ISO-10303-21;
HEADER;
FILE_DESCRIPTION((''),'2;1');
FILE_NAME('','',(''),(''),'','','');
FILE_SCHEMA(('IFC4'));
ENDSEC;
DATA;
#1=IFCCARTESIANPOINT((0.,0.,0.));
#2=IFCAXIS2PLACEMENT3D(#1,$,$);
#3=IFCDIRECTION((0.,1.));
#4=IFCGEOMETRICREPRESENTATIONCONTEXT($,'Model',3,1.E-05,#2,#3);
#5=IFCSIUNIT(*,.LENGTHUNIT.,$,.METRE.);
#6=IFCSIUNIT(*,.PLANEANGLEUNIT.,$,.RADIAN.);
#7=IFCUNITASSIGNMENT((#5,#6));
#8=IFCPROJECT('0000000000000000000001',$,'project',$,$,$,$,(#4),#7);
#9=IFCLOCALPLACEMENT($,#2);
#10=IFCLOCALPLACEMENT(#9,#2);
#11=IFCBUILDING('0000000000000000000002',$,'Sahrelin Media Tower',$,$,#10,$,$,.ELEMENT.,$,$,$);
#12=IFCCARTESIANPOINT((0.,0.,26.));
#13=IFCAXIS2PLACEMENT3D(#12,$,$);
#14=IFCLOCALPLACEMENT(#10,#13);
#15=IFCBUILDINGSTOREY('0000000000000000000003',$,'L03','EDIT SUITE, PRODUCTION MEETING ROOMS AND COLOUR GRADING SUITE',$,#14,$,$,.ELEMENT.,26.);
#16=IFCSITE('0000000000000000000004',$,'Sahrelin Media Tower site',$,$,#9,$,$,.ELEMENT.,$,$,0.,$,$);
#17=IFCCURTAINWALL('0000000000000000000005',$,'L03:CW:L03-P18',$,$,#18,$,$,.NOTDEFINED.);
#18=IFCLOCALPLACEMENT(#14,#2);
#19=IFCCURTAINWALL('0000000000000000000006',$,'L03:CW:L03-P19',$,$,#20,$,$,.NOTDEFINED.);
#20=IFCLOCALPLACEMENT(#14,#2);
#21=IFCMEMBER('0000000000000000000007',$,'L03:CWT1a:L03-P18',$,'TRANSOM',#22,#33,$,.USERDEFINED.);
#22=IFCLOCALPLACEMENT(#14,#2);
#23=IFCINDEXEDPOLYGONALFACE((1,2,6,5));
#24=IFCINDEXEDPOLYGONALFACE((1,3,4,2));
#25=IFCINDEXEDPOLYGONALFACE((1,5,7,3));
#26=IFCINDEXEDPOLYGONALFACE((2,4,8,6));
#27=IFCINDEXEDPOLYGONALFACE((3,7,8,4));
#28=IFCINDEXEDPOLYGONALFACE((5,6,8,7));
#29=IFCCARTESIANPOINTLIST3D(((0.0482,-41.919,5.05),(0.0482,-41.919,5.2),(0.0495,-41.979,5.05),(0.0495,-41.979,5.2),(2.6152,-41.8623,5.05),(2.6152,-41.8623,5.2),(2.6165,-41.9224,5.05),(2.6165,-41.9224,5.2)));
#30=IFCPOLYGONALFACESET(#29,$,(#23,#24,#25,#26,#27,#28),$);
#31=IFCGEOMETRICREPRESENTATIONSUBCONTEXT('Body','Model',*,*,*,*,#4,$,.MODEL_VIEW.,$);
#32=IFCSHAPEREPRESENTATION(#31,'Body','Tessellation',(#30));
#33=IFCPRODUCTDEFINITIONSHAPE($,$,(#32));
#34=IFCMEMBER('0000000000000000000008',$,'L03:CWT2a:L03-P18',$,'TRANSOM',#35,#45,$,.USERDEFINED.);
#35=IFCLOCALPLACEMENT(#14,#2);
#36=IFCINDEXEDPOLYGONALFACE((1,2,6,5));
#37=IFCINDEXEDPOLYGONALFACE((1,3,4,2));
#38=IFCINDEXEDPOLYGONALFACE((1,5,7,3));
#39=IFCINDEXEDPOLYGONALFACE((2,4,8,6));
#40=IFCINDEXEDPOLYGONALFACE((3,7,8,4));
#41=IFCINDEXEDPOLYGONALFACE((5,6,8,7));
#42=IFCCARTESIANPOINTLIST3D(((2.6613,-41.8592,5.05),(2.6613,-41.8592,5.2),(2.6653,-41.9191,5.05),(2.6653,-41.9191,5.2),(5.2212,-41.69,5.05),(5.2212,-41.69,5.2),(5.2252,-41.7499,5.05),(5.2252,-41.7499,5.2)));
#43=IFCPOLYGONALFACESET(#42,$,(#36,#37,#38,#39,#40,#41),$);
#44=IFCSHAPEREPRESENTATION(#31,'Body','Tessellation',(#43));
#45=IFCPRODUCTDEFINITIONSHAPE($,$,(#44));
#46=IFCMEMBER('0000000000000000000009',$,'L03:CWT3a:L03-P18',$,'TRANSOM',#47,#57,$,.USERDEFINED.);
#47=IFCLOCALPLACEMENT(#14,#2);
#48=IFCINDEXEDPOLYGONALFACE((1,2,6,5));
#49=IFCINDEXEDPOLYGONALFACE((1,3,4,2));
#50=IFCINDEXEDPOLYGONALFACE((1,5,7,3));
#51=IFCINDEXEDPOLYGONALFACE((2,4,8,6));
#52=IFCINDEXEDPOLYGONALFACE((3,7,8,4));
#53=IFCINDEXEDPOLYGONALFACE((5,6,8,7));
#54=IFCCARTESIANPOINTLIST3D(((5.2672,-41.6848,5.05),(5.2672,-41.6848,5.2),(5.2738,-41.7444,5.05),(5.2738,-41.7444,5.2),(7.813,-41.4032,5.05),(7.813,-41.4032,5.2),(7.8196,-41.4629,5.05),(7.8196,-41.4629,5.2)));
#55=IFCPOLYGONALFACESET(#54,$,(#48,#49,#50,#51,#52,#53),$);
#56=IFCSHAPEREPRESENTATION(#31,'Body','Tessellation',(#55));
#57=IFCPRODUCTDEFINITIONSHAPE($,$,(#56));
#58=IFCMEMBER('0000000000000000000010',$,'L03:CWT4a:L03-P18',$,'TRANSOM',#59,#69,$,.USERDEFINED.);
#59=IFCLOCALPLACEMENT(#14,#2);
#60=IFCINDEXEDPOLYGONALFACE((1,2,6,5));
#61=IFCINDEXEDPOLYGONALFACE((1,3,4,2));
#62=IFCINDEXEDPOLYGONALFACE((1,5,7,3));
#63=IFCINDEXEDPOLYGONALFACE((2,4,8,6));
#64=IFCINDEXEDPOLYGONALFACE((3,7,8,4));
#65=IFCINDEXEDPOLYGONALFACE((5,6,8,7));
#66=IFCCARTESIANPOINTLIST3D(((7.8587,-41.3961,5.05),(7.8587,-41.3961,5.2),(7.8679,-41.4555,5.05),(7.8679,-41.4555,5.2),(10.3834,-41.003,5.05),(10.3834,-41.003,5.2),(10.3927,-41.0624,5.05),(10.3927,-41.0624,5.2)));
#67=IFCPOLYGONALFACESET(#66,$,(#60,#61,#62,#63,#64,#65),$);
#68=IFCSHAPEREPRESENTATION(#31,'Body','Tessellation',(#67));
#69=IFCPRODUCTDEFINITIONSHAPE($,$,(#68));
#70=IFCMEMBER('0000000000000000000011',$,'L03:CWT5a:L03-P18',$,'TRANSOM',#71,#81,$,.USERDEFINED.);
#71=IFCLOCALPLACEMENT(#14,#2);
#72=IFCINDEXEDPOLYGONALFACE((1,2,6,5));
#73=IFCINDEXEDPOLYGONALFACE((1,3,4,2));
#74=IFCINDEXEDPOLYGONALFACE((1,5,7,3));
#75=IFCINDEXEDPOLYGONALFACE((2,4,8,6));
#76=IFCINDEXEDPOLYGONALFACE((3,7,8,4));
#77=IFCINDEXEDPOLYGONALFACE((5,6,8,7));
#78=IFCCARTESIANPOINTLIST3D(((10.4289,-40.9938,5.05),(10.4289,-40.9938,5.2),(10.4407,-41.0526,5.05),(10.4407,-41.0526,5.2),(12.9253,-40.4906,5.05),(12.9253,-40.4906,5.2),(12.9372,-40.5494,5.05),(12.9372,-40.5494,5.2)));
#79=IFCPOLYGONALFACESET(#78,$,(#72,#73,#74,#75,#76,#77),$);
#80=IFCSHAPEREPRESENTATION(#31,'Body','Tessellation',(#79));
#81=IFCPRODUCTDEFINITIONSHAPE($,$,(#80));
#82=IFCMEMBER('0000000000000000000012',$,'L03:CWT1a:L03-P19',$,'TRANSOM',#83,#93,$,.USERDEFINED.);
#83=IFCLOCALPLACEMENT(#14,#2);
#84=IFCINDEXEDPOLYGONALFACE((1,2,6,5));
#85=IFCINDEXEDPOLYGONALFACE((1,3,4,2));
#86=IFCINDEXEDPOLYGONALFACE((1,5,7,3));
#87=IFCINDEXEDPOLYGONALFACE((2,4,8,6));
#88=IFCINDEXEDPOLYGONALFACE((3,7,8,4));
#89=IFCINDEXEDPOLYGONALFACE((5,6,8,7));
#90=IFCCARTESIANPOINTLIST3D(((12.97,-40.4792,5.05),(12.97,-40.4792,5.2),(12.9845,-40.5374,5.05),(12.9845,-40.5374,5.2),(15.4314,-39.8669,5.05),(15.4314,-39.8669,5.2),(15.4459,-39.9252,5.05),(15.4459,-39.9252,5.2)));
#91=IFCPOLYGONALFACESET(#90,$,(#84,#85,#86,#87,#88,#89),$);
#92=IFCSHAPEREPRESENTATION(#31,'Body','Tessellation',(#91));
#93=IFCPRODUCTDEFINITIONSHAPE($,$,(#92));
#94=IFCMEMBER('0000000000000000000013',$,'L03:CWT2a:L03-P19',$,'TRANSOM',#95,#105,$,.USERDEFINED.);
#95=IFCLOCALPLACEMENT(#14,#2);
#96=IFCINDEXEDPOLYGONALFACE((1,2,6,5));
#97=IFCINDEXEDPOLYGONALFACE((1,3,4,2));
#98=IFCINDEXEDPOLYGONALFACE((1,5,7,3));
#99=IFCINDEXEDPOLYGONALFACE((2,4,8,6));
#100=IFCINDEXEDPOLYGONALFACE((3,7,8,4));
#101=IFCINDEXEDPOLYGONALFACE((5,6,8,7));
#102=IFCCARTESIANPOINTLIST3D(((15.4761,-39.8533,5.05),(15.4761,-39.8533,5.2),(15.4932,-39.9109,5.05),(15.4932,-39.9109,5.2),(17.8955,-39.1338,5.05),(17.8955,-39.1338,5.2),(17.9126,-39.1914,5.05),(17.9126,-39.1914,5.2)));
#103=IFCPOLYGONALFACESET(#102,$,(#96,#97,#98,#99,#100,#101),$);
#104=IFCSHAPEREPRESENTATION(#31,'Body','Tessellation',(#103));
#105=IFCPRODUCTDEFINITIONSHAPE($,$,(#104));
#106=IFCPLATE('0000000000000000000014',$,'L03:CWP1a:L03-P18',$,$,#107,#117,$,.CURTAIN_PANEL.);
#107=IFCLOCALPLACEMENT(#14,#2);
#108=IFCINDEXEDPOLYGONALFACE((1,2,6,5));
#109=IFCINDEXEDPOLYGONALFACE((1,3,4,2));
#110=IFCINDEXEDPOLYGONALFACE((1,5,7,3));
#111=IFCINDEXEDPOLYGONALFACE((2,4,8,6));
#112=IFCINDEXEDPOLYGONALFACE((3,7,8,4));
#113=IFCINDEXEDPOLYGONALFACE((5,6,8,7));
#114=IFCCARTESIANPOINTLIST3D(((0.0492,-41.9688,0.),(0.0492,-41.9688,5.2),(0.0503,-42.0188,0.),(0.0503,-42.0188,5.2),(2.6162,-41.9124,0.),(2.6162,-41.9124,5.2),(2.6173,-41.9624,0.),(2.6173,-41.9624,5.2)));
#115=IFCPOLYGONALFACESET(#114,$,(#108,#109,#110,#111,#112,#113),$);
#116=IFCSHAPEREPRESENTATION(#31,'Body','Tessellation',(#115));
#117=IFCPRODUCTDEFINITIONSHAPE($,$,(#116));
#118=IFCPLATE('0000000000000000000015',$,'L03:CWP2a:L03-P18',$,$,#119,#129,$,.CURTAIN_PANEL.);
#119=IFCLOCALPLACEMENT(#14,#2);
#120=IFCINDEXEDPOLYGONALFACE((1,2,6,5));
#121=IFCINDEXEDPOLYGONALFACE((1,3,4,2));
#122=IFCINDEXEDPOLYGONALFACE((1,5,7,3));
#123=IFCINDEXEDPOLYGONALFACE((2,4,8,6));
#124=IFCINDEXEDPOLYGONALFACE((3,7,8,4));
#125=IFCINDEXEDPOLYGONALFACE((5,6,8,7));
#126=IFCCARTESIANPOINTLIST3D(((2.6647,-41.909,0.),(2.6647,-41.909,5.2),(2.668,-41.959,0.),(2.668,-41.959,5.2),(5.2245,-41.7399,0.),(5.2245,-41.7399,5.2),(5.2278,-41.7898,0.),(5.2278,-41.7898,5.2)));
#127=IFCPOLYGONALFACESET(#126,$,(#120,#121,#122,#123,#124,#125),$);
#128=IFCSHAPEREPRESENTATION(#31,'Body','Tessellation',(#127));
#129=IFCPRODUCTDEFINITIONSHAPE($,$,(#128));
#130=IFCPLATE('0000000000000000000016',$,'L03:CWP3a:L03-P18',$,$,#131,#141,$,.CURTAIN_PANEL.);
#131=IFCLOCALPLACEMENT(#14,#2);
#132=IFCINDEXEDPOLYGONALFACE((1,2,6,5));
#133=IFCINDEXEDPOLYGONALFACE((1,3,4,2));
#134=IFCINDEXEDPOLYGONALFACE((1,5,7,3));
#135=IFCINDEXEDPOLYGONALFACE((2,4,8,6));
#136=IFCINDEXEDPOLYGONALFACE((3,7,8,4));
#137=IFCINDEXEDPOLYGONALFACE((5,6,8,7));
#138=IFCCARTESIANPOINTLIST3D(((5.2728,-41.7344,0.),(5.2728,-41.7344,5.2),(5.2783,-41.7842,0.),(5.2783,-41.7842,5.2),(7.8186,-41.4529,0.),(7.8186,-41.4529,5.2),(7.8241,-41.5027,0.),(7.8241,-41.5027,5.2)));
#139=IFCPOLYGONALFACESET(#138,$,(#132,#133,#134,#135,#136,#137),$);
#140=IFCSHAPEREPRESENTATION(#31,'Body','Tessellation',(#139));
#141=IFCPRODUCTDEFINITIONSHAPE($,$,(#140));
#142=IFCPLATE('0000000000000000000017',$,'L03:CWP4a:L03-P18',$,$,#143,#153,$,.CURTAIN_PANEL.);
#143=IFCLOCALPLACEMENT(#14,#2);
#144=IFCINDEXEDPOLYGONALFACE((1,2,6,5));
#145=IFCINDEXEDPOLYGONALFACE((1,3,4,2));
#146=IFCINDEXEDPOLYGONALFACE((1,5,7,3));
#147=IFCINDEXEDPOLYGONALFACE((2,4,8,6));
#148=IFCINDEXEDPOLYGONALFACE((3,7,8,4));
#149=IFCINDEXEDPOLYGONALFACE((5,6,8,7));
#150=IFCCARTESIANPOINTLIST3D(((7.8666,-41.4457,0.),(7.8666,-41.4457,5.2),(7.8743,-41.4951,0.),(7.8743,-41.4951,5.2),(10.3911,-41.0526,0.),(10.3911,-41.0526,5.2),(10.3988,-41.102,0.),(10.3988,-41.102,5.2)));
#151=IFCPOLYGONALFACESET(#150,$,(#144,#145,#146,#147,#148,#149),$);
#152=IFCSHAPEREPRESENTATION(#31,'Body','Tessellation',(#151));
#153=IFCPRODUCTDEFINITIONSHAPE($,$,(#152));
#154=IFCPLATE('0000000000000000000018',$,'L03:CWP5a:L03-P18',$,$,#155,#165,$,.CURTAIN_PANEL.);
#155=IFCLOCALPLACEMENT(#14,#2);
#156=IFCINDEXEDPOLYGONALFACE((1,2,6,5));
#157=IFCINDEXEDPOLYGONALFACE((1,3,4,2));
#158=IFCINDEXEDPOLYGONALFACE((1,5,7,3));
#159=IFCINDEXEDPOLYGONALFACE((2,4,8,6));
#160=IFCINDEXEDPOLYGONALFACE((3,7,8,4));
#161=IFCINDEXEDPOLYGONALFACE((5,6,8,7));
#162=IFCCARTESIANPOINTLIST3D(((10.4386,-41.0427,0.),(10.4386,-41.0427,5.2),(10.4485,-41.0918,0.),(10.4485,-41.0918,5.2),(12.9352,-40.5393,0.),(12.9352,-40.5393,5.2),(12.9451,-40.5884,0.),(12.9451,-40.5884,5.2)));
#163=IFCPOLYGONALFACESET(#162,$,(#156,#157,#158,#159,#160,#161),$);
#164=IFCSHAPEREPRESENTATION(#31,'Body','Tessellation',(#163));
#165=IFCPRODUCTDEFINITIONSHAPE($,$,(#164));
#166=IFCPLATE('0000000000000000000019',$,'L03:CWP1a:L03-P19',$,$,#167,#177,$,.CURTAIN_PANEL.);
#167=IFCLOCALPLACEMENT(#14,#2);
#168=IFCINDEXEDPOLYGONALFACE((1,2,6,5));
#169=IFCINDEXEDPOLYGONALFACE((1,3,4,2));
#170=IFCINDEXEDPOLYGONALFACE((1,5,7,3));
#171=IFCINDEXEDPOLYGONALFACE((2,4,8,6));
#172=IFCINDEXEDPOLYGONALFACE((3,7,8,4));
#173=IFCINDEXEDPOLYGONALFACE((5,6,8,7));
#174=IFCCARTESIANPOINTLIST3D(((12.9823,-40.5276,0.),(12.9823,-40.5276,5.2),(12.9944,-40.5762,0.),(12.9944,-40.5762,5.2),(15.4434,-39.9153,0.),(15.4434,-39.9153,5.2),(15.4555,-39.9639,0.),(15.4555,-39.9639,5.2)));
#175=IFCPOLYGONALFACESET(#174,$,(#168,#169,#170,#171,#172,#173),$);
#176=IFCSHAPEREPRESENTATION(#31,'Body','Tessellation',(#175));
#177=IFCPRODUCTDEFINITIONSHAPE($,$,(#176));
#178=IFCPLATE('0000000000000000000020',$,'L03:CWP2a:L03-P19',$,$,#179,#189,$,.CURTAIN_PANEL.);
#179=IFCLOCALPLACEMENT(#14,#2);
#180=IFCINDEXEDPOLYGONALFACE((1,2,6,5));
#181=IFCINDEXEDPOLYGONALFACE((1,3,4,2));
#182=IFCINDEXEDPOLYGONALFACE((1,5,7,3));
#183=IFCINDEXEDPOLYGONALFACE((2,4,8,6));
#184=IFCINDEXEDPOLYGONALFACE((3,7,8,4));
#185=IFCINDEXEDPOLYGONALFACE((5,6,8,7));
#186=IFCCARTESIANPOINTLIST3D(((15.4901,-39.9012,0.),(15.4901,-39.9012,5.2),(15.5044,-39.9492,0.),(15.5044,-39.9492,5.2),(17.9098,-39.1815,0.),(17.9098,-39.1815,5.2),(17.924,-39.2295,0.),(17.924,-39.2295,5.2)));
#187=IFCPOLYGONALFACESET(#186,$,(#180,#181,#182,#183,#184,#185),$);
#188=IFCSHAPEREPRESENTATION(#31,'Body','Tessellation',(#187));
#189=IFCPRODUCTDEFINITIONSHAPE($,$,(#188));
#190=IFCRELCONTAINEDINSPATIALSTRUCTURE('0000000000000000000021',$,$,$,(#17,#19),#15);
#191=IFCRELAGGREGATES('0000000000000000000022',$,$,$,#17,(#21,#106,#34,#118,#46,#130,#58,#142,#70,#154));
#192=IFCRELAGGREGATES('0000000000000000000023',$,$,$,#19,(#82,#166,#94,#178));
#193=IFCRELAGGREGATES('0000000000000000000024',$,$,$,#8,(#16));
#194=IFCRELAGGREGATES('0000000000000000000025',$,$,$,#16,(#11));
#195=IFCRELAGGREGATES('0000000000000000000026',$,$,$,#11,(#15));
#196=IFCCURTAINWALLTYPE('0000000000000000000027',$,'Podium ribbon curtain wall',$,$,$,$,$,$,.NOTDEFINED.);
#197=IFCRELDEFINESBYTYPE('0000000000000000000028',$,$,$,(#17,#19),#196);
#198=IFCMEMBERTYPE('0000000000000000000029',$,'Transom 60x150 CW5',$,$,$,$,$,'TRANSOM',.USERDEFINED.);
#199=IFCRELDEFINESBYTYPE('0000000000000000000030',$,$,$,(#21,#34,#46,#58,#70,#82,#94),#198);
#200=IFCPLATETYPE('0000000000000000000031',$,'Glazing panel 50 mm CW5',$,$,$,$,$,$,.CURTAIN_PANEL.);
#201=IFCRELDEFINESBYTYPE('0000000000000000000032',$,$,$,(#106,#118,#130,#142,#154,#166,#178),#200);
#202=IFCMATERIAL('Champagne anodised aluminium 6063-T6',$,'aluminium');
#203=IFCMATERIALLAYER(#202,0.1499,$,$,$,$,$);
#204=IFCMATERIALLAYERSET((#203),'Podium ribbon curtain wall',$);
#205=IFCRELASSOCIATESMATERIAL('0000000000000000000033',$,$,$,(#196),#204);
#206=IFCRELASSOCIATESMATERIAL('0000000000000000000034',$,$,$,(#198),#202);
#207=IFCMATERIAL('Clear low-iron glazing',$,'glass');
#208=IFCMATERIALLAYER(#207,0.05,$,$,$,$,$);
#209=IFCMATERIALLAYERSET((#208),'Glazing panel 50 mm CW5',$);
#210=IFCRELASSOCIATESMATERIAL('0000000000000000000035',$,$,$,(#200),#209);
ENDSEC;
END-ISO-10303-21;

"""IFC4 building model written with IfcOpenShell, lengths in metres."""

from ifc_helpers import new_model, si_unit, direction, frame, origin, origin_2d, place, context, subcontext, project, spatial, polyline, rectangle, outline, extrude, material, layer, layer_set, material_profile, profile_set, type_object, element, aggregate, save


model = new_model("IFC4")

# Units and contexts
model_context = context("Model", 3, precision=1e-05, world=origin(), true_north=direction((0.0, 1.0)))
body_context = subcontext(model_context, "Body", "Model", "MODEL_VIEW")
ifc_project = project(units=[si_unit("LENGTHUNIT", "METRE"), si_unit("PLANEANGLEUNIT", "RADIAN")], contexts=[model_context])

# Site, building, storey
site_placement = place(None, origin())
site = spatial("IfcSite", under=ifc_project, at=site_placement, Name="Sahrelin Media Tower site", CompositionType="ELEMENT", RefElevation=0.0)
building_placement = place(site_placement, origin())
building = spatial("IfcBuilding", under=site, at=building_placement, Name="Sahrelin Media Tower", CompositionType="ELEMENT")
storey_placement = place(building_placement, frame((0.0, 0.0, 26.0)))
storey = spatial("IfcBuildingStorey", under=building, at=storey_placement, Name="L03", Description="EDIT SUITE, PRODUCTION MEETING ROOMS AND COLOUR GRADING SUITE", CompositionType="ELEMENT", Elevation=26.0)

# Curtain walls
ifc_material_1 = material(Name="Champagne anodised aluminium 6063-T6", Category="aluminium")
ifc_layer_1 = layer(ifc_material_1, 0.1499)
ifc_layer_set_1 = layer_set([ifc_layer_1], Name="Podium ribbon curtain wall")
curtain_wall_type = type_object("IfcCurtainWallType", Name="Podium ribbon curtain wall", PredefinedType="NOTDEFINED", material=ifc_layer_set_1)
curtain_wall_1_placement = place(storey_placement, frame((0.0, -42.0, 0.0), z_axis=(0.0, 0.0, 1.0), x_axis=(1.0, 0.0, 0.0)))
curtain_wall_1 = element("IfcCurtainWall", 1, at=curtain_wall_1_placement, inside=storey, type_object=curtain_wall_type, Name="L03:CW:L03-P18", PredefinedType="NOTDEFINED")
curtain_wall_2_placement = place(storey_placement, frame((12.9409, -40.5688, 0.0), z_axis=(0.0, 0.0, 1.0), x_axis=(1.0, 0.0, 0.0)))
curtain_wall_2 = element("IfcCurtainWall", 2, at=curtain_wall_2_placement, inside=storey, type_object=curtain_wall_type, Name="L03:CW:L03-P19", PredefinedType="NOTDEFINED")

# Members
ifc_material_profile_1 = material_profile(ifc_material_1, rectangle(XDim=0.0601, YDim=0.1499, at=origin_2d()), Name="Transom 60x150")
ifc_profile_set_1 = profile_set([ifc_material_profile_1], Name="Champagne anodised aluminium 6063-T6")
member_type_1 = type_object("IfcMemberType", Name="Transom 60x150 CW5", ElementType="TRANSOM", PredefinedType="USERDEFINED", material=ifc_profile_set_1)
member_1_placement = place(storey_placement, frame((0.0488, -41.949, 5.125), z_axis=(0.999757, 0.02206, 0.0), x_axis=(-0.02206, 0.999757, 0.0)))
member_1 = element("IfcMember", 3, at=member_1_placement, type_object=member_type_1, Name="L03:CWT1a:L03-P18", ObjectType="TRANSOM", PredefinedType="USERDEFINED", context=body_context, shape_type="SweptSolid", body=[
    extrude(rectangle(XDim=0.0601, YDim=0.1499, at=origin_2d()), origin(), (0.0, 0.0, 1.0), 2.5676),
])
member_2_placement = place(storey_placement, frame((2.6633, -41.8892, 5.125), z_axis=(0.997823, 0.065951, 0.0), x_axis=(-0.065951, 0.997823, 0.0)))
member_2 = element("IfcMember", 4, at=member_2_placement, type_object=member_type_1, Name="L03:CWT2a:L03-P18", ObjectType="TRANSOM", PredefinedType="USERDEFINED", context=body_context, shape_type="SweptSolid", body=[
    extrude(rectangle(XDim=0.0601, YDim=0.1499, at=origin_2d()), origin(), (0.0, 0.0, 1.0), 2.5654),
])
member_3_placement = place(storey_placement, frame((5.2705, -41.7146, 5.125), z_axis=(0.993942, 0.109908, 0.0), x_axis=(-0.109908, 0.993942, 0.0)))
member_3 = element("IfcMember", 5, at=member_3_placement, type_object=member_type_1, Name="L03:CWT3a:L03-P18", ObjectType="TRANSOM", PredefinedType="USERDEFINED", context=body_context, shape_type="SweptSolid", body=[
    extrude(rectangle(XDim=0.0601, YDim=0.1499, at=origin_2d()), origin(), (0.0, 0.0, 1.0), 2.5613),
])
member_4_placement = place(storey_placement, frame((7.8633, -41.4258, 5.125), z_axis=(0.988096, 0.153838, 0.0), x_axis=(-0.153838, 0.988096, 0.0)))
member_4 = element("IfcMember", 6, at=member_4_placement, type_object=member_type_1, Name="L03:CWT4a:L03-P18", ObjectType="TRANSOM", PredefinedType="USERDEFINED", context=body_context, shape_type="SweptSolid", body=[
    extrude(rectangle(XDim=0.0601, YDim=0.1499, at=origin_2d()), origin(), (0.0, 0.0, 1.0), 2.5552),
])
member_5_placement = place(storey_placement, frame((10.4348, -41.0232, 5.125), z_axis=(0.980285, 0.197591, 0.0), x_axis=(-0.197591, 0.980285, 0.0)))
member_5 = element("IfcMember", 7, at=member_5_placement, type_object=member_type_1, Name="L03:CWT5a:L03-P18", ObjectType="TRANSOM", PredefinedType="USERDEFINED", context=body_context, shape_type="SweptSolid", body=[
    extrude(rectangle(XDim=0.0601, YDim=0.1499, at=origin_2d()), origin(), (0.0, 0.0, 1.0), 2.5466),
])
member_6_placement = place(storey_placement, frame((12.9773, -40.5083, 5.125), z_axis=(0.970425, 0.241403, 0.0), x_axis=(-0.241403, 0.970425, 0.0)))
member_6 = element("IfcMember", 8, at=member_6_placement, type_object=member_type_1, Name="L03:CWT1a:L03-P19", ObjectType="TRANSOM", PredefinedType="USERDEFINED", context=body_context, shape_type="SweptSolid", body=[
    extrude(rectangle(XDim=0.0601, YDim=0.1499, at=origin_2d()), origin(), (0.0, 0.0, 1.0), 2.5364),
])
member_7_placement = place(storey_placement, frame((15.4846, -39.8821, 5.125), z_axis=(0.958516, 0.28504, 0.0), x_axis=(-0.28504, 0.958516, 0.0)))
member_7 = element("IfcMember", 9, at=member_7_placement, type_object=member_type_1, Name="L03:CWT2a:L03-P19", ObjectType="TRANSOM", PredefinedType="USERDEFINED", context=body_context, shape_type="SweptSolid", body=[
    extrude(rectangle(XDim=0.0601, YDim=0.1499, at=origin_2d()), origin(), (0.0, 0.0, 1.0), 2.5242),
])

# Plates
ifc_material_2 = material(Name="Clear low-iron glazing", Category="glass")
ifc_layer_2 = layer(ifc_material_2, 0.05)
ifc_layer_set_2 = layer_set([ifc_layer_2], Name="Glazing panel 50 mm CW5")
plate_type = type_object("IfcPlateType", Name="Glazing panel 50 mm CW5", PredefinedType="CURTAIN_PANEL", material=ifc_layer_set_2)
plate_1_placement = place(storey_placement, frame((0.0503, -42.0188, 0.0), z_axis=(0.021965, -0.999759, 0.0), x_axis=(0.999759, 0.021965, 0.0)))
plate_1 = element("IfcPlate", 10, at=plate_1_placement, type_object=plate_type, Name="L03:CWP1a:L03-P18", PredefinedType="CURTAIN_PANEL", context=body_context, shape_type="SweptSolid", body=[
    extrude(outline(polyline([(0.0, 0.0), (2.5676, 0.0), (2.5676, 5.2), (0.0, 5.2), (0.0, 0.0)])), origin(), (0.0, 0.0, -1.0), 0.05),
])
plate_2_placement = place(storey_placement, frame((2.668, -41.959, 0.0), z_axis=(0.065951, -0.997823, 0.0), x_axis=(0.997823, 0.065951, 0.0)))
plate_2 = element("IfcPlate", 11, at=plate_2_placement, type_object=plate_type, Name="L03:CWP2a:L03-P18", PredefinedType="CURTAIN_PANEL", context=body_context, shape_type="SweptSolid", body=[
    extrude(outline(polyline([(0.0, 0.0), (2.5654, 0.0), (2.5654, 5.2), (0.0, 5.2), (0.0, 0.0)])), origin(), (0.0, 0.0, -1.0), 0.05),
])
plate_3_placement = place(storey_placement, frame((5.2783, -41.7842, 0.0), z_axis=(0.109908, -0.993942, 0.0), x_axis=(0.993942, 0.109908, 0.0)))
plate_3 = element("IfcPlate", 12, at=plate_3_placement, type_object=plate_type, Name="L03:CWP3a:L03-P18", PredefinedType="CURTAIN_PANEL", context=body_context, shape_type="SweptSolid", body=[
    extrude(outline(polyline([(0.0, 0.0), (2.5613, 0.0), (2.5613, 5.2), (0.0, 5.2), (0.0, 0.0)])), origin(), (0.0, 0.0, -1.0), 0.05),
])
plate_4_placement = place(storey_placement, frame((7.8743, -41.4951, 0.0), z_axis=(0.153852, -0.988094, 0.0), x_axis=(0.988094, 0.153852, 0.0)))
plate_4 = element("IfcPlate", 13, at=plate_4_placement, type_object=plate_type, Name="L03:CWP4a:L03-P18", PredefinedType="CURTAIN_PANEL", context=body_context, shape_type="SweptSolid", body=[
    extrude(outline(polyline([(0.0, 0.0), (2.5549, 0.0), (2.5549, 5.2), (0.0, 5.2), (0.0, 0.0)])), origin(), (0.0, 0.0, -1.0), 0.05),
])
plate_5_placement = place(storey_placement, frame((10.4485, -41.0918, 0.0), z_axis=(0.197664, -0.98027, 0.0), x_axis=(0.98027, 0.197664, 0.0)))
plate_5 = element("IfcPlate", 14, at=plate_5_placement, type_object=plate_type, Name="L03:CWP5a:L03-P18", PredefinedType="CURTAIN_PANEL", context=body_context, shape_type="SweptSolid", body=[
    extrude(outline(polyline([(0.0, 0.0), (2.5469, 0.0), (2.5469, 5.2), (0.0, 5.2), (0.0, 0.0)])), origin(), (0.0, 0.0, -1.0), 0.05),
])
aggregate(curtain_wall_1, [member_1, plate_1, member_2, plate_2, member_3, plate_3, member_4, plate_4, member_5, plate_5])
plate_6_placement = place(storey_placement, frame((12.9944, -40.5762, 0.0), z_axis=(0.241426, -0.970419, 0.0), x_axis=(0.970419, 0.241426, 0.0)))
plate_6 = element("IfcPlate", 15, at=plate_6_placement, type_object=plate_type, Name="L03:CWP1a:L03-P19", PredefinedType="CURTAIN_PANEL", context=body_context, shape_type="SweptSolid", body=[
    extrude(outline(polyline([(0.0, 0.0), (2.5361, 0.0), (2.5361, 5.2), (0.0, 5.2), (0.0, 0.0)])), origin(), (0.0, 0.0, -1.0), 0.05),
])
plate_7_placement = place(storey_placement, frame((15.5044, -39.9492, 0.0), z_axis=(0.285102, -0.958497, 0.0), x_axis=(0.958497, 0.285102, 0.0)))
plate_7 = element("IfcPlate", 16, at=plate_7_placement, type_object=plate_type, Name="L03:CWP2a:L03-P19", PredefinedType="CURTAIN_PANEL", context=body_context, shape_type="SweptSolid", body=[
    extrude(outline(polyline([(0.0, 0.0), (2.5244, 0.0), (2.5244, 5.2), (0.0, 5.2), (0.0, 0.0)])), origin(), (0.0, 0.0, -1.0), 0.05),
])
aggregate(curtain_wall_2, [member_6, plate_6, member_7, plate_7])

save(model, "model.ifc")
